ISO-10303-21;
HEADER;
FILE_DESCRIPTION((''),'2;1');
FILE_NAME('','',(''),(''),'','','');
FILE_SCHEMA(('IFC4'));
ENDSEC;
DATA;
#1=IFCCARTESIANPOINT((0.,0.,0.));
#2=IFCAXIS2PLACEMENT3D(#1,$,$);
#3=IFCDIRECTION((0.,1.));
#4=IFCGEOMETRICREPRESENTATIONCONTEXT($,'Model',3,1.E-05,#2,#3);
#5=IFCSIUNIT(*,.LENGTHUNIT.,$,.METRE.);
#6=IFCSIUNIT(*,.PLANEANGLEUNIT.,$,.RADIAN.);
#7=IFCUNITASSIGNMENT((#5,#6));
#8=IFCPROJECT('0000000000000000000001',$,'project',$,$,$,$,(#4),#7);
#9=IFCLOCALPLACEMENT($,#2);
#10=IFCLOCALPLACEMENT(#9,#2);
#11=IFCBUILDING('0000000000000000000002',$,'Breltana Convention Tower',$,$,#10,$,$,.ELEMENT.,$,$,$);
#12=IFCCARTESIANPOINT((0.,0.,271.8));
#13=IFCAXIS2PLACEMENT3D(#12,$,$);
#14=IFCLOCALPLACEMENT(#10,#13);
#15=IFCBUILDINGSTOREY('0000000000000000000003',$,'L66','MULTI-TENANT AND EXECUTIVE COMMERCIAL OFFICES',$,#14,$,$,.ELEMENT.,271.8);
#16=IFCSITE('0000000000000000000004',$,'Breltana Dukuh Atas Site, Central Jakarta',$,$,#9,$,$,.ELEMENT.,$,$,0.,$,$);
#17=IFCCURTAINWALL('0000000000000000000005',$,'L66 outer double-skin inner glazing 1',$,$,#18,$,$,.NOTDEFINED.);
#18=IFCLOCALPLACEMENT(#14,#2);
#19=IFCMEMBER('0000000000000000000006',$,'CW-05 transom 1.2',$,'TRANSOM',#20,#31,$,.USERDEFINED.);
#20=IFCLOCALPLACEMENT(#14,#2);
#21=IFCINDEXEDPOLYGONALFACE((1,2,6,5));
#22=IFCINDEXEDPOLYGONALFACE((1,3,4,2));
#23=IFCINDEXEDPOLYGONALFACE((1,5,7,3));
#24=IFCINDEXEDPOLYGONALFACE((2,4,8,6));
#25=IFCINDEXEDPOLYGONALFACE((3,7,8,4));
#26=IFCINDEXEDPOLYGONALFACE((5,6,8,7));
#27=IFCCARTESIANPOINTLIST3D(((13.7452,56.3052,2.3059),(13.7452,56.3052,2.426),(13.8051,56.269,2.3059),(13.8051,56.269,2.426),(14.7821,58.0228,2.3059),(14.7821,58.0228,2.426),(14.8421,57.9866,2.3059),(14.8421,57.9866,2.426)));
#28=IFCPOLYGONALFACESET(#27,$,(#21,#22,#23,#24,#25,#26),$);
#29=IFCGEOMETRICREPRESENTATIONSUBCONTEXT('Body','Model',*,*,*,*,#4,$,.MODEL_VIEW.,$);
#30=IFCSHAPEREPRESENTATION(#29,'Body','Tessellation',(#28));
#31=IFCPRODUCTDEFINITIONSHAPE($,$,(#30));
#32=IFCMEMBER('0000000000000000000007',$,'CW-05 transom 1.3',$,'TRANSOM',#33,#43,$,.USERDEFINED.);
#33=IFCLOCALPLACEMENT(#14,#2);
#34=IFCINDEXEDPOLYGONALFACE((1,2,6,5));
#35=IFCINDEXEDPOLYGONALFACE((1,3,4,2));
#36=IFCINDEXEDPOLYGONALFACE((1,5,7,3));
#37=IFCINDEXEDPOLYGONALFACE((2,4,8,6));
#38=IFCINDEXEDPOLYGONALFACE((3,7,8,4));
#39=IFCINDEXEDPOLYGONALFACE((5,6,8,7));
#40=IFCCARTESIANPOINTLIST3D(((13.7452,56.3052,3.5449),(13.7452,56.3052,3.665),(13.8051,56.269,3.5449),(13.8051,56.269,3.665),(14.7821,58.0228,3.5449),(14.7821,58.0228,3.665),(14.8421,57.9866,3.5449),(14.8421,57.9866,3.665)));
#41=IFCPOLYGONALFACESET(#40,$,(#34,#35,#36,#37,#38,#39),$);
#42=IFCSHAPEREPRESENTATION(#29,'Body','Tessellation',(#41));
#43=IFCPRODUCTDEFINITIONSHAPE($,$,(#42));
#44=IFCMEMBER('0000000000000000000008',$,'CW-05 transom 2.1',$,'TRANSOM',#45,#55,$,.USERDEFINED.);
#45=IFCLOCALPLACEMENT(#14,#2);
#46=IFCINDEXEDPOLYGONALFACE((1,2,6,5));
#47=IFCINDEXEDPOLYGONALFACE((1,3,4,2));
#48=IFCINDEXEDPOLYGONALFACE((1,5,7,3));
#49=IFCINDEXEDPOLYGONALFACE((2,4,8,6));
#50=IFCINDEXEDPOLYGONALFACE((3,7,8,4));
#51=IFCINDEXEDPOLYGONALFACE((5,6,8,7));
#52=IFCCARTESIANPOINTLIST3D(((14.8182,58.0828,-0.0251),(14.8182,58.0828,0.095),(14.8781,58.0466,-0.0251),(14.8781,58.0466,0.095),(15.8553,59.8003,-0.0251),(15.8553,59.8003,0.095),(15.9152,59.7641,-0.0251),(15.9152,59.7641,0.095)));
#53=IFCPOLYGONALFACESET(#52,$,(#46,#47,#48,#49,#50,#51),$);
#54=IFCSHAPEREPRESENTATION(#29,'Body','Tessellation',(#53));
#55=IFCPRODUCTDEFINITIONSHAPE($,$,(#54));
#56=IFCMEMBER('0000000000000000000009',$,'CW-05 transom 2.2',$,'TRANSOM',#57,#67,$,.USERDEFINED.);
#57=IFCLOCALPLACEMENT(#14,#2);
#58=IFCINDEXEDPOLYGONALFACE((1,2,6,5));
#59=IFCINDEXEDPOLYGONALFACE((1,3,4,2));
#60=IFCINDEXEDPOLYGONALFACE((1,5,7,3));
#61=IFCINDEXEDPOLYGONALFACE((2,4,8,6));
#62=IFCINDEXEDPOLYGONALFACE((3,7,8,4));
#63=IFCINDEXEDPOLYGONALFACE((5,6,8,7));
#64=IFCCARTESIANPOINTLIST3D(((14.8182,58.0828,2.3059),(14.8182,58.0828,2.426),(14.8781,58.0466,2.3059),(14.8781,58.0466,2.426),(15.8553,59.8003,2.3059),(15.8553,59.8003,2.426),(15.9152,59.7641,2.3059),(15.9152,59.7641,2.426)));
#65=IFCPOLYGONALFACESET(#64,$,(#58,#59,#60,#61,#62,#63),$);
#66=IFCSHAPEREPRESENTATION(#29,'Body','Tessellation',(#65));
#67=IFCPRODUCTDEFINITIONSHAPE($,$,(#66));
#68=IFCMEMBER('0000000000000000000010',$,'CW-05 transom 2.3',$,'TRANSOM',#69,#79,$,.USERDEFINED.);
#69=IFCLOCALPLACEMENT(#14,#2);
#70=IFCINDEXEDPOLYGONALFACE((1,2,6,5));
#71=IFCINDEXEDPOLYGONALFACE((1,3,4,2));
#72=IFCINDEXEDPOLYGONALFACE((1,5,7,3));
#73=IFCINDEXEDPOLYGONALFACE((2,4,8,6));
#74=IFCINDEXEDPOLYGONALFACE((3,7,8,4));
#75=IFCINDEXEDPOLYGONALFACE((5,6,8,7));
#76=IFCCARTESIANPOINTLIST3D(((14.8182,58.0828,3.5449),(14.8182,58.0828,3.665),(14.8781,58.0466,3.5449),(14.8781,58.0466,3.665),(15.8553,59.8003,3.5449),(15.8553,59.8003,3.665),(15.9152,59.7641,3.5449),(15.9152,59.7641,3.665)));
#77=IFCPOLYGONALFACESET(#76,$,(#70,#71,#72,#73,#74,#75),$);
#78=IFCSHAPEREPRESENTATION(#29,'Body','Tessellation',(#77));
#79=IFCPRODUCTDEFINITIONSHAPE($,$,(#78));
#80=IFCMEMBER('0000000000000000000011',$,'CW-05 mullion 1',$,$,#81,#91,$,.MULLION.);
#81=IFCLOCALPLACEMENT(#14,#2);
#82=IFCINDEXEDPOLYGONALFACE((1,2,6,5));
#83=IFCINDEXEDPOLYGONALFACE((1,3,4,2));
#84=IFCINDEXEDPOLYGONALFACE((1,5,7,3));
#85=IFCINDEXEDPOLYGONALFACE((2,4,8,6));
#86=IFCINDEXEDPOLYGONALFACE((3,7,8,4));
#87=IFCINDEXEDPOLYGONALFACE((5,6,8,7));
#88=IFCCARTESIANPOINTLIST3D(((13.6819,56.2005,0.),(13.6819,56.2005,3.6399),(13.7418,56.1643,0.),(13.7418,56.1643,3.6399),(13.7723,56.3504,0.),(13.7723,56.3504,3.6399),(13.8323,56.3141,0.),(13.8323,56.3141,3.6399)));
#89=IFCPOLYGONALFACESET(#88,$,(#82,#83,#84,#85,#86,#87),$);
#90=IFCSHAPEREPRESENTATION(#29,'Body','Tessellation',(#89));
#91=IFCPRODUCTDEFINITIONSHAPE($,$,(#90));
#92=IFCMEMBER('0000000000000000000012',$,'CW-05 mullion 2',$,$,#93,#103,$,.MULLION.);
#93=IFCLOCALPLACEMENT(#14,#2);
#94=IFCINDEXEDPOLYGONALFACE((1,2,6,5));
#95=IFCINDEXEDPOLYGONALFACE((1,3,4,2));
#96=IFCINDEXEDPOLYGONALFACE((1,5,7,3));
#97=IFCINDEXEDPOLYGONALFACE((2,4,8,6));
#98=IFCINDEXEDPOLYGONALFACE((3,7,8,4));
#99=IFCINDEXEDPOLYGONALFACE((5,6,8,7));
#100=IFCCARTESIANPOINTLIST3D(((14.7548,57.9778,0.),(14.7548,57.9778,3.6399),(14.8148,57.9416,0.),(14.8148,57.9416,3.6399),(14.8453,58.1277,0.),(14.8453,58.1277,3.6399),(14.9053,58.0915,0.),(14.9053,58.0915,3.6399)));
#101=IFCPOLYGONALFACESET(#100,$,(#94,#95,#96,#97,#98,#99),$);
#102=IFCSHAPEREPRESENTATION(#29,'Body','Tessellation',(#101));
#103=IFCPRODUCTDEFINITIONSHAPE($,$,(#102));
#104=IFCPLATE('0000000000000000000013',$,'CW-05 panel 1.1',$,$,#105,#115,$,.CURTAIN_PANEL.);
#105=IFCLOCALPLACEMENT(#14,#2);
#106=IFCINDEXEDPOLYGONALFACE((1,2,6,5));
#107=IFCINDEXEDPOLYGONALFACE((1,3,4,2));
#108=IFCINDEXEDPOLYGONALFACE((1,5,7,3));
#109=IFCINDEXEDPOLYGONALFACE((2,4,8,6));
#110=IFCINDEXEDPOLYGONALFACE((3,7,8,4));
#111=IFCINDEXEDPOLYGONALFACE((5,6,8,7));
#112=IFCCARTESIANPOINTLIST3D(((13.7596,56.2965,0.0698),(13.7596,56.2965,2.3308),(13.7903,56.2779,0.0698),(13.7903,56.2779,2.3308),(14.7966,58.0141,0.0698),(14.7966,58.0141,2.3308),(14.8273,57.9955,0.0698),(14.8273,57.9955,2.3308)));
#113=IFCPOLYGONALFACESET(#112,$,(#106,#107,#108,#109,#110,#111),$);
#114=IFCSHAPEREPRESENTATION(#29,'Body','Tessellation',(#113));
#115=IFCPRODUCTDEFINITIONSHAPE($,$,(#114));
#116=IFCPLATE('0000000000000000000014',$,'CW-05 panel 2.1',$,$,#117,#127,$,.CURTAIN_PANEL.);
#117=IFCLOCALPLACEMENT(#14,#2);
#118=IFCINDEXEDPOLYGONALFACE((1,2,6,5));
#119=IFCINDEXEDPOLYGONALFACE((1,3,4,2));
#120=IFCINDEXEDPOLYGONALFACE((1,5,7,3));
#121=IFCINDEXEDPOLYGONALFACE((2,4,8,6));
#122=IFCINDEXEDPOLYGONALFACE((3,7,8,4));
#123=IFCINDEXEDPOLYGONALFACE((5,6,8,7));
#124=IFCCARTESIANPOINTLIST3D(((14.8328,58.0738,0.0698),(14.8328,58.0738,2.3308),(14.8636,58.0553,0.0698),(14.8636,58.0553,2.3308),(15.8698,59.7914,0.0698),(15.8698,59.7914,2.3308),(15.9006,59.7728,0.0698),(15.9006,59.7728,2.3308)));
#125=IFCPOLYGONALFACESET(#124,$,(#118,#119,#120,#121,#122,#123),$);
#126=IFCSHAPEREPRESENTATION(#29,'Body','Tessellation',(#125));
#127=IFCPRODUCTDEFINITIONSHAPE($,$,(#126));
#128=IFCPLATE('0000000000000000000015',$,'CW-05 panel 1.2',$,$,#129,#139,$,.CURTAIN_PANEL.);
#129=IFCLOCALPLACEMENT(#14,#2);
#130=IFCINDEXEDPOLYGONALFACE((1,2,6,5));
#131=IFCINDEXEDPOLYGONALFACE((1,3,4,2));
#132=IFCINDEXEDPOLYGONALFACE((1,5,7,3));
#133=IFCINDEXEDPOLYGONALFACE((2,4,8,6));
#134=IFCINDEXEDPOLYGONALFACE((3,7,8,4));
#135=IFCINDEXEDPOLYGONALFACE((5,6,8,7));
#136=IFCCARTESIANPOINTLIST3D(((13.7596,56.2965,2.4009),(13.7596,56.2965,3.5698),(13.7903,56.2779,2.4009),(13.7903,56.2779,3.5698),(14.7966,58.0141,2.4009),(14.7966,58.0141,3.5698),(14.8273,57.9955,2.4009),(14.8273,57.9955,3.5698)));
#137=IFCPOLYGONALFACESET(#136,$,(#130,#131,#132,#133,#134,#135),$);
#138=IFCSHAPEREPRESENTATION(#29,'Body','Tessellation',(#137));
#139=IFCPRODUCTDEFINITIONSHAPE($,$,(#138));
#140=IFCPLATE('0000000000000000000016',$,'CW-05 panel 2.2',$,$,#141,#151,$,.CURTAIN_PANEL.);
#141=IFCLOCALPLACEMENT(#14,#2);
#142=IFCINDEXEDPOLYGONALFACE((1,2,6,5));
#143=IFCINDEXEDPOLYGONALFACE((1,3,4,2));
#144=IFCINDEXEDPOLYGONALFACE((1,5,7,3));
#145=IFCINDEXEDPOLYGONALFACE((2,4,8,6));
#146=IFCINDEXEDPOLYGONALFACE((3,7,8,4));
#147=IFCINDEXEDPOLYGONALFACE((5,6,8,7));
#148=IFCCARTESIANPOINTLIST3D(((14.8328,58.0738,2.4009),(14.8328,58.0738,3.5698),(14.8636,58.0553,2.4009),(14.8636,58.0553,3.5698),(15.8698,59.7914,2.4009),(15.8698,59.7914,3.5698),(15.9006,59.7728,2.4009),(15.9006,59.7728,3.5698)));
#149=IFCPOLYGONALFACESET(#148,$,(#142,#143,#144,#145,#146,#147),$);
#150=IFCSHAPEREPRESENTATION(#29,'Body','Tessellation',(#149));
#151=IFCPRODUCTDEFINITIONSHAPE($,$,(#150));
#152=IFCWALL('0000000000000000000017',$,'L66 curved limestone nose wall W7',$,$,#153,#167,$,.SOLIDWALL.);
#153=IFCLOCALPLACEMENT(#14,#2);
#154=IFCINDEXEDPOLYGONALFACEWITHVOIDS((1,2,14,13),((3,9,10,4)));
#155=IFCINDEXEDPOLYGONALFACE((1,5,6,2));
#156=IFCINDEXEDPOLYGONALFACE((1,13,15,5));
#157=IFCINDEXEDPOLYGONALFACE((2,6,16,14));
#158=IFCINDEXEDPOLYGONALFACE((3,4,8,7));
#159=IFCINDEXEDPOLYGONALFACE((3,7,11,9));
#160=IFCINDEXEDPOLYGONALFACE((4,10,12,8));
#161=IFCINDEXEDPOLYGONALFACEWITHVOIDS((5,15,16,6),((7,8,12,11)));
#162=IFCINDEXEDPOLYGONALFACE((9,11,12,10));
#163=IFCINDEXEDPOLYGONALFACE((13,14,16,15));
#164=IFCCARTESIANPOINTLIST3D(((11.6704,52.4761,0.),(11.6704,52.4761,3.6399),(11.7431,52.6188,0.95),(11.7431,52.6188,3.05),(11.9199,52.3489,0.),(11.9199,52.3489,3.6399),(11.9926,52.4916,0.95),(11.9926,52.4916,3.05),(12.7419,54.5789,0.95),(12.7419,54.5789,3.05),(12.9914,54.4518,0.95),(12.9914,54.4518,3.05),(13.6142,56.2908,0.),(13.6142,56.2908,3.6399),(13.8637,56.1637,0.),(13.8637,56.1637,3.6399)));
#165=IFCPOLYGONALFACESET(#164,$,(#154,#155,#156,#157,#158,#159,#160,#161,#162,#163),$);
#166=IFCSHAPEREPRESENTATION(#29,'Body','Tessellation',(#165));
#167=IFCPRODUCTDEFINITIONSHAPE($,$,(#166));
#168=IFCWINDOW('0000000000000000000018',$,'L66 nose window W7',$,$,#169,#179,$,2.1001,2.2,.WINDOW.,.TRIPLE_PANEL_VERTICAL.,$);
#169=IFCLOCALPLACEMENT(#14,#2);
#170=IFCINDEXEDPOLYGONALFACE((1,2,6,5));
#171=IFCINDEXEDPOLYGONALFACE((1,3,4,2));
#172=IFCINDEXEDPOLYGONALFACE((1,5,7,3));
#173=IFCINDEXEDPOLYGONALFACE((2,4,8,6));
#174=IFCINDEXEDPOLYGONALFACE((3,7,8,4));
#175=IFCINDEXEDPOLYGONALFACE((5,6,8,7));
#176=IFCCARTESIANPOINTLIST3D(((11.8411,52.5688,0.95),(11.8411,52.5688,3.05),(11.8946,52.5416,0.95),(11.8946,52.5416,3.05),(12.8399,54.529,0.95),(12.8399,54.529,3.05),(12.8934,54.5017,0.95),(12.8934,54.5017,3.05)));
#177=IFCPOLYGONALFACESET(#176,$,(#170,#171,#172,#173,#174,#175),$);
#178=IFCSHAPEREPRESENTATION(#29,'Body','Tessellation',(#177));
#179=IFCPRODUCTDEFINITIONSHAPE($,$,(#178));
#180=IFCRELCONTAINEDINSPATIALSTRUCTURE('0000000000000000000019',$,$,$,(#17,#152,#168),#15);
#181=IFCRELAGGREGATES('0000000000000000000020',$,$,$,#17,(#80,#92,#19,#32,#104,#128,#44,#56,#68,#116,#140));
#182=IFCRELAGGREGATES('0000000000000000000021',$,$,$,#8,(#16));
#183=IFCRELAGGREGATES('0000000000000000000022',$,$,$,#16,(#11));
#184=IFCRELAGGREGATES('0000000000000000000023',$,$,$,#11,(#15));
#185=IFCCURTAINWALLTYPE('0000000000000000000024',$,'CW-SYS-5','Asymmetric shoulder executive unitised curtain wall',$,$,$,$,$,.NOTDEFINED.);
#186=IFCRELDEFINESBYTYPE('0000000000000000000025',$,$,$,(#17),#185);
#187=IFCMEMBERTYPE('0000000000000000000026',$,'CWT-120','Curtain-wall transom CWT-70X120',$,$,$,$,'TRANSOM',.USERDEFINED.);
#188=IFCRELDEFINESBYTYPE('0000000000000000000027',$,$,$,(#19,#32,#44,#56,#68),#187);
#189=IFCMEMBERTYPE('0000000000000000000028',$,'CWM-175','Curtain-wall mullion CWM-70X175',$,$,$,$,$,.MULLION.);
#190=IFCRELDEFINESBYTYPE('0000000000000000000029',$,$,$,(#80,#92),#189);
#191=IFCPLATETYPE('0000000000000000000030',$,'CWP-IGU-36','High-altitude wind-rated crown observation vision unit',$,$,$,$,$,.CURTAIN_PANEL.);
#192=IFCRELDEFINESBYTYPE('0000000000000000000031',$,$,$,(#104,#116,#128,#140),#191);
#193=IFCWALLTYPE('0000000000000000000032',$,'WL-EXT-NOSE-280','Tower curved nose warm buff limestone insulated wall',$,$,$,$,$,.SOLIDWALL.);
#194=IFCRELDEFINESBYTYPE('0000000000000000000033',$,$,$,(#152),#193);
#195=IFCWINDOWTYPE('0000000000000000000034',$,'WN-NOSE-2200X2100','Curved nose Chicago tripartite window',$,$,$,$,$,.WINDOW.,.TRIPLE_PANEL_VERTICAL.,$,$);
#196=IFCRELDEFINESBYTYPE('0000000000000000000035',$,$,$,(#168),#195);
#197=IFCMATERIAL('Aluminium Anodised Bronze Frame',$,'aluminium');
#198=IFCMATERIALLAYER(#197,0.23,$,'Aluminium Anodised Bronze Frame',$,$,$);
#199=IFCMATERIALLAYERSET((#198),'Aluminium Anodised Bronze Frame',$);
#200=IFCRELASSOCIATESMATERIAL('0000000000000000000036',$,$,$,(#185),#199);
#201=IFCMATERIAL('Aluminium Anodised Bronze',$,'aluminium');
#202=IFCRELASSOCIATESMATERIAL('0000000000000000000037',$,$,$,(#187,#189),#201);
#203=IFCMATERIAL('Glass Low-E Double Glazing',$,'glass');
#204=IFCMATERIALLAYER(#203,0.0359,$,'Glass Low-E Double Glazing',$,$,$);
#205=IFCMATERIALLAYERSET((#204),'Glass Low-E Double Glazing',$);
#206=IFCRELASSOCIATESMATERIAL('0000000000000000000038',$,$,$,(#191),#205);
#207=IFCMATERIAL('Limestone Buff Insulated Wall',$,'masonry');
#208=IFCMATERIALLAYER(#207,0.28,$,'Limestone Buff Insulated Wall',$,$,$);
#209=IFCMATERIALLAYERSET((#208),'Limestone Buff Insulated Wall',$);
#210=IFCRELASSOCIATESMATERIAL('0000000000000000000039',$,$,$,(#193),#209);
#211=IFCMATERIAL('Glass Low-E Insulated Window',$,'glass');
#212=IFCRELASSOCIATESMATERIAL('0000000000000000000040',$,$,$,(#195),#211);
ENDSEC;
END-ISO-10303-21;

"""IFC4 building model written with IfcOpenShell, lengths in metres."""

from ifc_helpers import new_model, si_unit, direction, frame, frame_2d, origin, origin_2d, place, context, subcontext, project, spatial, rectangle, extrude, source, transform, mapped, material, layer, layer_set, material_profile, profile_set, type_object, type_shapes, element, fill, aggregate, save


model = new_model("IFC4")

# Units and contexts
model_context = context("Model", 3, precision=1e-05, world=origin(), true_north=direction((0.0, 1.0)))
body_context = subcontext(model_context, "Body", "Model", "MODEL_VIEW")
ifc_project = project(units=[si_unit("LENGTHUNIT", "METRE"), si_unit("PLANEANGLEUNIT", "RADIAN")], contexts=[model_context])

# Site, building, storey
site_placement = place(None, origin())
site = spatial("IfcSite", under=ifc_project, at=site_placement, Name="Breltana Dukuh Atas Site, Central Jakarta", CompositionType="ELEMENT", RefElevation=0.0)
building_placement = place(site_placement, origin())
building = spatial("IfcBuilding", under=site, at=building_placement, Name="Breltana Convention Tower", CompositionType="ELEMENT")
storey_placement = place(building_placement, frame((0.0, 0.0, 271.8)))
storey = spatial("IfcBuildingStorey", under=building, at=storey_placement, Name="L66", Description="MULTI-TENANT AND EXECUTIVE COMMERCIAL OFFICES", CompositionType="ELEMENT", Elevation=271.8)

# Curtain wall, members, plates
ifc_material_1 = material(Name="Aluminium Anodised Bronze Frame", Category="aluminium")
ifc_layer_1 = layer(ifc_material_1, 0.23, Name="Aluminium Anodised Bronze Frame")
ifc_layer_set_1 = layer_set([ifc_layer_1], Name="Aluminium Anodised Bronze Frame")
curtain_wall_type = type_object("IfcCurtainWallType", Name="CW-SYS-5", Description="Asymmetric shoulder executive unitised curtain wall", PredefinedType="NOTDEFINED", material=ifc_layer_set_1)
curtain_wall_placement = place(storey_placement, origin())
curtain_wall = element("IfcCurtainWall", 1, at=curtain_wall_placement, inside=storey, type_object=curtain_wall_type, Name="L66 outer double-skin inner glazing 1", PredefinedType="NOTDEFINED")
ifc_material_2 = material(Name="Aluminium Anodised Bronze", Category="aluminium")
ifc_material_profile_1 = material_profile(ifc_material_2, rectangle(XDim=0.0701, YDim=0.1201, at=origin_2d()), Name="CWT-70X120")
ifc_profile_set_1 = profile_set([ifc_material_profile_1], Name="Aluminium Anodised Bronze")
member_type_1 = type_object("IfcMemberType", Name="CWT-120", Description="Curtain-wall transom CWT-70X120", ElementType="TRANSOM", PredefinedType="USERDEFINED", material=ifc_profile_set_1)
shared_shape_1 = source(origin(), body_context, "Body", "SweptSolid", [
    extrude(rectangle(XDim=0.0701, YDim=0.1201, at=origin_2d()), origin(), (0.0, 0.0, 1.0), 2.0063),
])
member_1_placement = place(storey_placement, frame((13.7751, 56.2871, 2.366), z_axis=(0.51682, 0.856094, 0.0), x_axis=(-0.856094, 0.51682, 0.0)))
member_1 = element("IfcMember", 2, at=member_1_placement, type_object=member_type_1, Name="CW-05 transom 1.2", ObjectType="TRANSOM", PredefinedType="USERDEFINED", context=body_context, shape_type="MappedRepresentation", body=[
    mapped(shared_shape_1, transform((0.0, 0.0, 0.0), scale=1.0)),
])
member_2_placement = place(storey_placement, frame((13.7751, 56.2871, 3.605), z_axis=(0.51682, 0.856094, 0.0), x_axis=(-0.856094, 0.51682, 0.0)))
member_2 = element("IfcMember", 3, at=member_2_placement, type_object=member_type_1, Name="CW-05 transom 1.3", ObjectType="TRANSOM", PredefinedType="USERDEFINED", context=body_context, shape_type="MappedRepresentation", body=[
    mapped(shared_shape_1, transform((0.0, 0.0, 0.0), scale=1.0)),
])
member_3_placement = place(storey_placement, frame((14.8481, 58.0647, 0.0349), z_axis=(0.516909, 0.85604, 0.0), x_axis=(-0.85604, 0.516909, 0.0)))
member_3 = element("IfcMember", 4, at=member_3_placement, type_object=member_type_1, Name="CW-05 transom 2.1", ObjectType="TRANSOM", PredefinedType="USERDEFINED", context=body_context, shape_type="MappedRepresentation", body=[
    mapped(shared_shape_1, transform((0.0, 0.0, 0.0), scale=1.0)),
])
member_4_placement = place(storey_placement, frame((14.8481, 58.0647, 2.366), z_axis=(0.516909, 0.85604, 0.0), x_axis=(-0.85604, 0.516909, 0.0)))
member_4 = element("IfcMember", 5, at=member_4_placement, type_object=member_type_1, Name="CW-05 transom 2.2", ObjectType="TRANSOM", PredefinedType="USERDEFINED", context=body_context, shape_type="MappedRepresentation", body=[
    mapped(shared_shape_1, transform((0.0, 0.0, 0.0), scale=1.0)),
])
member_5_placement = place(storey_placement, frame((14.8481, 58.0647, 3.605), z_axis=(0.516909, 0.85604, 0.0), x_axis=(-0.85604, 0.516909, 0.0)))
member_5 = element("IfcMember", 6, at=member_5_placement, type_object=member_type_1, Name="CW-05 transom 2.3", ObjectType="TRANSOM", PredefinedType="USERDEFINED", context=body_context, shape_type="MappedRepresentation", body=[
    mapped(shared_shape_1, transform((0.0, 0.0, 0.0), scale=1.0)),
])
ifc_material_profile_2 = material_profile(ifc_material_2, rectangle(XDim=0.0701, YDim=0.175, at=origin_2d()), Name="CWM-70X175")
ifc_profile_set_2 = profile_set([ifc_material_profile_2], Name="Aluminium Anodised Bronze")
member_type_2 = type_object("IfcMemberType", Name="CWM-175", Description="Curtain-wall mullion CWM-70X175", PredefinedType="MULLION", material=ifc_profile_set_2)
shared_shape_2 = source(origin(), body_context, "Body", "SweptSolid", [
    extrude(rectangle(XDim=0.0701, YDim=0.175, at=origin_2d()), origin(), (0.0, 0.0, 1.0), 3.6399),
])
member_6_placement = place(storey_placement, frame((13.7571, 56.2573, 0.0), z_axis=(0.0, 0.0, 1.0), x_axis=(-0.856067, 0.516865, 0.0)))
member_6 = element("IfcMember", 7, at=member_6_placement, type_object=member_type_2, Name="CW-05 mullion 1", PredefinedType="MULLION", context=body_context, shape_type="MappedRepresentation", body=[
    mapped(shared_shape_2, transform((0.0, 0.0, 0.0), scale=1.0)),
])
member_7_placement = place(storey_placement, frame((14.8301, 58.0347, 0.0), z_axis=(0.0, 0.0, 1.0), x_axis=(-0.856067, 0.516865, 0.0)))
member_7 = element("IfcMember", 8, at=member_7_placement, type_object=member_type_2, Name="CW-05 mullion 2", PredefinedType="MULLION", context=body_context, shape_type="MappedRepresentation", body=[
    mapped(shared_shape_2, transform((0.0, 0.0, 0.0), scale=1.0)),
])
ifc_material_3 = material(Name="Glass Low-E Double Glazing", Category="glass")
ifc_layer_2 = layer(ifc_material_3, 0.0359, Name="Glass Low-E Double Glazing")
ifc_layer_set_2 = layer_set([ifc_layer_2], Name="Glass Low-E Double Glazing")
plate_type = type_object("IfcPlateType", Name="CWP-IGU-36", Description="High-altitude wind-rated crown observation vision unit", PredefinedType="CURTAIN_PANEL", material=ifc_layer_set_2)
shared_shape_3 = source(origin(), body_context, "Body", "SweptSolid", [
    extrude(rectangle(XDim=2.0063, YDim=0.0359, at=origin_2d()), origin(), (0.0, 0.0, 1.0), 2.261),
])
plate_1_placement = place(storey_placement, frame((14.2935, 57.146, 0.0698), z_axis=(0.0, 0.0, 1.0), x_axis=(0.516865, 0.856067, 0.0)))
plate_1 = element("IfcPlate", 9, at=plate_1_placement, type_object=plate_type, Name="CW-05 panel 1.1", PredefinedType="CURTAIN_PANEL", context=body_context, shape_type="MappedRepresentation", body=[
    mapped(shared_shape_3, transform((0.0, 0.0, 0.0), scale=1.0)),
])
plate_2_placement = place(storey_placement, frame((15.3667, 58.9233, 0.0698), z_axis=(0.0, 0.0, 1.0), x_axis=(0.516865, 0.856067, 0.0)))
plate_2 = element("IfcPlate", 10, at=plate_2_placement, type_object=plate_type, Name="CW-05 panel 2.1", PredefinedType="CURTAIN_PANEL", context=body_context, shape_type="MappedRepresentation", body=[
    mapped(shared_shape_3, transform((0.0, 0.0, 0.0), scale=1.0)),
])
shared_shape_4 = source(origin(), body_context, "Body", "SweptSolid", [
    extrude(rectangle(XDim=2.0063, YDim=0.0359, at=origin_2d()), origin(), (0.0, 0.0, 1.0), 1.1689),
])
plate_3_placement = place(storey_placement, frame((14.2935, 57.146, 2.4009), z_axis=(0.0, 0.0, 1.0), x_axis=(0.516865, 0.856067, 0.0)))
plate_3 = element("IfcPlate", 11, at=plate_3_placement, type_object=plate_type, Name="CW-05 panel 1.2", PredefinedType="CURTAIN_PANEL", context=body_context, shape_type="MappedRepresentation", body=[
    mapped(shared_shape_4, transform((0.0, 0.0, 0.0), scale=1.0)),
])
plate_4_placement = place(storey_placement, frame((15.3667, 58.9233, 2.4009), z_axis=(0.0, 0.0, 1.0), x_axis=(0.516865, 0.856067, 0.0)))
plate_4 = element("IfcPlate", 12, at=plate_4_placement, type_object=plate_type, Name="CW-05 panel 2.2", PredefinedType="CURTAIN_PANEL", context=body_context, shape_type="MappedRepresentation", body=[
    mapped(shared_shape_4, transform((0.0, 0.0, 0.0), scale=1.0)),
])
aggregate(curtain_wall, [member_6, member_7, member_1, member_2, plate_1, plate_3, member_3, member_4, member_5, plate_2, plate_4])

# Wall, opening, window
ifc_material_4 = material(Name="Limestone Buff Insulated Wall", Category="masonry")
ifc_layer_3 = layer(ifc_material_4, 0.28, Name="Limestone Buff Insulated Wall")
ifc_layer_set_3 = layer_set([ifc_layer_3], Name="Limestone Buff Insulated Wall")
wall_type_1 = type_object("IfcWallType", Name="WL-EXT-NOSE-280", Description="Tower curved nose warm buff limestone insulated wall", PredefinedType="SOLIDWALL", material=ifc_layer_set_3)
shared_shape_5 = source(origin(), body_context, "Body", "SweptSolid", [
    extrude(rectangle(XDim=4.2815, YDim=0.28, at=frame_2d((2.1406, 0.0))), origin(), (0.0, 0.0, 1.0), 3.6399),
])
wall_1_placement = place(storey_placement, frame((11.7952, 52.4126, 0.0), z_axis=(0.0, 0.0, 1.0), x_axis=(0.454021, 0.890991, 0.0)))
wall_1 = element("IfcWall", 13, at=wall_1_placement, inside=storey, type_object=wall_type_1, Name="L66 curved limestone nose wall W7", PredefinedType="SOLIDWALL", context=body_context, shape_type="MappedRepresentation", body=[
    mapped(shared_shape_5, transform((0.0, 0.0, 0.0), scale=1.0)),
])
opening_1_placement = place(wall_1_placement, frame((0.1599, 0.0, 0.95)))
opening_1 = element("IfcOpeningElement", 14, at=opening_1_placement, cuts=wall_1, PredefinedType="OPENING", context=body_context, shape_type="SweptSolid", body=[
    extrude(rectangle(XDim=2.2, YDim=2.1001, at=frame_2d((1.1001, 1.05))), frame((0.0, 0.1499, 0.0), z_axis=(0.0, -1.0, 0.0), x_axis=(1.0, 0.0, 0.0)), (0.0, 0.0, 1.0), 0.3),
])
ifc_material_5 = material(Name="Glass Low-E Insulated Window", Category="glass")
window_type = type_object("IfcWindowType", Name="WN-NOSE-2200X2100", Description="Curved nose Chicago tripartite window", PartitioningType="TRIPLE_PANEL_VERTICAL", PredefinedType="WINDOW", material=ifc_material_5)
shared_shape_6 = source(origin(), body_context, "Body", "SweptSolid", [
    extrude(rectangle(XDim=2.2, YDim=2.1001, at=frame_2d((1.1001, 1.05))), frame((0.0, 0.03, 0.0), z_axis=(0.0, -1.0, 0.0), x_axis=(1.0, 0.0, 0.0)), (0.0, 0.0, 1.0), 0.0601),
])
type_shapes(window_type, [shared_shape_6])
window_placement = place(opening_1_placement, origin())
window = element("IfcWindow", 15, at=window_placement, inside=storey, type_object=window_type, Name="L66 nose window W7", OverallHeight=2.1001, OverallWidth=2.2, PartitioningType="TRIPLE_PANEL_VERTICAL", PredefinedType="WINDOW", context=body_context, shape_type="MappedRepresentation", body=[
    mapped(shared_shape_6, transform((0.0, 0.0, 0.0), scale=1.0)),
])
fill(opening_1, window)

save(model, "model.ifc")
